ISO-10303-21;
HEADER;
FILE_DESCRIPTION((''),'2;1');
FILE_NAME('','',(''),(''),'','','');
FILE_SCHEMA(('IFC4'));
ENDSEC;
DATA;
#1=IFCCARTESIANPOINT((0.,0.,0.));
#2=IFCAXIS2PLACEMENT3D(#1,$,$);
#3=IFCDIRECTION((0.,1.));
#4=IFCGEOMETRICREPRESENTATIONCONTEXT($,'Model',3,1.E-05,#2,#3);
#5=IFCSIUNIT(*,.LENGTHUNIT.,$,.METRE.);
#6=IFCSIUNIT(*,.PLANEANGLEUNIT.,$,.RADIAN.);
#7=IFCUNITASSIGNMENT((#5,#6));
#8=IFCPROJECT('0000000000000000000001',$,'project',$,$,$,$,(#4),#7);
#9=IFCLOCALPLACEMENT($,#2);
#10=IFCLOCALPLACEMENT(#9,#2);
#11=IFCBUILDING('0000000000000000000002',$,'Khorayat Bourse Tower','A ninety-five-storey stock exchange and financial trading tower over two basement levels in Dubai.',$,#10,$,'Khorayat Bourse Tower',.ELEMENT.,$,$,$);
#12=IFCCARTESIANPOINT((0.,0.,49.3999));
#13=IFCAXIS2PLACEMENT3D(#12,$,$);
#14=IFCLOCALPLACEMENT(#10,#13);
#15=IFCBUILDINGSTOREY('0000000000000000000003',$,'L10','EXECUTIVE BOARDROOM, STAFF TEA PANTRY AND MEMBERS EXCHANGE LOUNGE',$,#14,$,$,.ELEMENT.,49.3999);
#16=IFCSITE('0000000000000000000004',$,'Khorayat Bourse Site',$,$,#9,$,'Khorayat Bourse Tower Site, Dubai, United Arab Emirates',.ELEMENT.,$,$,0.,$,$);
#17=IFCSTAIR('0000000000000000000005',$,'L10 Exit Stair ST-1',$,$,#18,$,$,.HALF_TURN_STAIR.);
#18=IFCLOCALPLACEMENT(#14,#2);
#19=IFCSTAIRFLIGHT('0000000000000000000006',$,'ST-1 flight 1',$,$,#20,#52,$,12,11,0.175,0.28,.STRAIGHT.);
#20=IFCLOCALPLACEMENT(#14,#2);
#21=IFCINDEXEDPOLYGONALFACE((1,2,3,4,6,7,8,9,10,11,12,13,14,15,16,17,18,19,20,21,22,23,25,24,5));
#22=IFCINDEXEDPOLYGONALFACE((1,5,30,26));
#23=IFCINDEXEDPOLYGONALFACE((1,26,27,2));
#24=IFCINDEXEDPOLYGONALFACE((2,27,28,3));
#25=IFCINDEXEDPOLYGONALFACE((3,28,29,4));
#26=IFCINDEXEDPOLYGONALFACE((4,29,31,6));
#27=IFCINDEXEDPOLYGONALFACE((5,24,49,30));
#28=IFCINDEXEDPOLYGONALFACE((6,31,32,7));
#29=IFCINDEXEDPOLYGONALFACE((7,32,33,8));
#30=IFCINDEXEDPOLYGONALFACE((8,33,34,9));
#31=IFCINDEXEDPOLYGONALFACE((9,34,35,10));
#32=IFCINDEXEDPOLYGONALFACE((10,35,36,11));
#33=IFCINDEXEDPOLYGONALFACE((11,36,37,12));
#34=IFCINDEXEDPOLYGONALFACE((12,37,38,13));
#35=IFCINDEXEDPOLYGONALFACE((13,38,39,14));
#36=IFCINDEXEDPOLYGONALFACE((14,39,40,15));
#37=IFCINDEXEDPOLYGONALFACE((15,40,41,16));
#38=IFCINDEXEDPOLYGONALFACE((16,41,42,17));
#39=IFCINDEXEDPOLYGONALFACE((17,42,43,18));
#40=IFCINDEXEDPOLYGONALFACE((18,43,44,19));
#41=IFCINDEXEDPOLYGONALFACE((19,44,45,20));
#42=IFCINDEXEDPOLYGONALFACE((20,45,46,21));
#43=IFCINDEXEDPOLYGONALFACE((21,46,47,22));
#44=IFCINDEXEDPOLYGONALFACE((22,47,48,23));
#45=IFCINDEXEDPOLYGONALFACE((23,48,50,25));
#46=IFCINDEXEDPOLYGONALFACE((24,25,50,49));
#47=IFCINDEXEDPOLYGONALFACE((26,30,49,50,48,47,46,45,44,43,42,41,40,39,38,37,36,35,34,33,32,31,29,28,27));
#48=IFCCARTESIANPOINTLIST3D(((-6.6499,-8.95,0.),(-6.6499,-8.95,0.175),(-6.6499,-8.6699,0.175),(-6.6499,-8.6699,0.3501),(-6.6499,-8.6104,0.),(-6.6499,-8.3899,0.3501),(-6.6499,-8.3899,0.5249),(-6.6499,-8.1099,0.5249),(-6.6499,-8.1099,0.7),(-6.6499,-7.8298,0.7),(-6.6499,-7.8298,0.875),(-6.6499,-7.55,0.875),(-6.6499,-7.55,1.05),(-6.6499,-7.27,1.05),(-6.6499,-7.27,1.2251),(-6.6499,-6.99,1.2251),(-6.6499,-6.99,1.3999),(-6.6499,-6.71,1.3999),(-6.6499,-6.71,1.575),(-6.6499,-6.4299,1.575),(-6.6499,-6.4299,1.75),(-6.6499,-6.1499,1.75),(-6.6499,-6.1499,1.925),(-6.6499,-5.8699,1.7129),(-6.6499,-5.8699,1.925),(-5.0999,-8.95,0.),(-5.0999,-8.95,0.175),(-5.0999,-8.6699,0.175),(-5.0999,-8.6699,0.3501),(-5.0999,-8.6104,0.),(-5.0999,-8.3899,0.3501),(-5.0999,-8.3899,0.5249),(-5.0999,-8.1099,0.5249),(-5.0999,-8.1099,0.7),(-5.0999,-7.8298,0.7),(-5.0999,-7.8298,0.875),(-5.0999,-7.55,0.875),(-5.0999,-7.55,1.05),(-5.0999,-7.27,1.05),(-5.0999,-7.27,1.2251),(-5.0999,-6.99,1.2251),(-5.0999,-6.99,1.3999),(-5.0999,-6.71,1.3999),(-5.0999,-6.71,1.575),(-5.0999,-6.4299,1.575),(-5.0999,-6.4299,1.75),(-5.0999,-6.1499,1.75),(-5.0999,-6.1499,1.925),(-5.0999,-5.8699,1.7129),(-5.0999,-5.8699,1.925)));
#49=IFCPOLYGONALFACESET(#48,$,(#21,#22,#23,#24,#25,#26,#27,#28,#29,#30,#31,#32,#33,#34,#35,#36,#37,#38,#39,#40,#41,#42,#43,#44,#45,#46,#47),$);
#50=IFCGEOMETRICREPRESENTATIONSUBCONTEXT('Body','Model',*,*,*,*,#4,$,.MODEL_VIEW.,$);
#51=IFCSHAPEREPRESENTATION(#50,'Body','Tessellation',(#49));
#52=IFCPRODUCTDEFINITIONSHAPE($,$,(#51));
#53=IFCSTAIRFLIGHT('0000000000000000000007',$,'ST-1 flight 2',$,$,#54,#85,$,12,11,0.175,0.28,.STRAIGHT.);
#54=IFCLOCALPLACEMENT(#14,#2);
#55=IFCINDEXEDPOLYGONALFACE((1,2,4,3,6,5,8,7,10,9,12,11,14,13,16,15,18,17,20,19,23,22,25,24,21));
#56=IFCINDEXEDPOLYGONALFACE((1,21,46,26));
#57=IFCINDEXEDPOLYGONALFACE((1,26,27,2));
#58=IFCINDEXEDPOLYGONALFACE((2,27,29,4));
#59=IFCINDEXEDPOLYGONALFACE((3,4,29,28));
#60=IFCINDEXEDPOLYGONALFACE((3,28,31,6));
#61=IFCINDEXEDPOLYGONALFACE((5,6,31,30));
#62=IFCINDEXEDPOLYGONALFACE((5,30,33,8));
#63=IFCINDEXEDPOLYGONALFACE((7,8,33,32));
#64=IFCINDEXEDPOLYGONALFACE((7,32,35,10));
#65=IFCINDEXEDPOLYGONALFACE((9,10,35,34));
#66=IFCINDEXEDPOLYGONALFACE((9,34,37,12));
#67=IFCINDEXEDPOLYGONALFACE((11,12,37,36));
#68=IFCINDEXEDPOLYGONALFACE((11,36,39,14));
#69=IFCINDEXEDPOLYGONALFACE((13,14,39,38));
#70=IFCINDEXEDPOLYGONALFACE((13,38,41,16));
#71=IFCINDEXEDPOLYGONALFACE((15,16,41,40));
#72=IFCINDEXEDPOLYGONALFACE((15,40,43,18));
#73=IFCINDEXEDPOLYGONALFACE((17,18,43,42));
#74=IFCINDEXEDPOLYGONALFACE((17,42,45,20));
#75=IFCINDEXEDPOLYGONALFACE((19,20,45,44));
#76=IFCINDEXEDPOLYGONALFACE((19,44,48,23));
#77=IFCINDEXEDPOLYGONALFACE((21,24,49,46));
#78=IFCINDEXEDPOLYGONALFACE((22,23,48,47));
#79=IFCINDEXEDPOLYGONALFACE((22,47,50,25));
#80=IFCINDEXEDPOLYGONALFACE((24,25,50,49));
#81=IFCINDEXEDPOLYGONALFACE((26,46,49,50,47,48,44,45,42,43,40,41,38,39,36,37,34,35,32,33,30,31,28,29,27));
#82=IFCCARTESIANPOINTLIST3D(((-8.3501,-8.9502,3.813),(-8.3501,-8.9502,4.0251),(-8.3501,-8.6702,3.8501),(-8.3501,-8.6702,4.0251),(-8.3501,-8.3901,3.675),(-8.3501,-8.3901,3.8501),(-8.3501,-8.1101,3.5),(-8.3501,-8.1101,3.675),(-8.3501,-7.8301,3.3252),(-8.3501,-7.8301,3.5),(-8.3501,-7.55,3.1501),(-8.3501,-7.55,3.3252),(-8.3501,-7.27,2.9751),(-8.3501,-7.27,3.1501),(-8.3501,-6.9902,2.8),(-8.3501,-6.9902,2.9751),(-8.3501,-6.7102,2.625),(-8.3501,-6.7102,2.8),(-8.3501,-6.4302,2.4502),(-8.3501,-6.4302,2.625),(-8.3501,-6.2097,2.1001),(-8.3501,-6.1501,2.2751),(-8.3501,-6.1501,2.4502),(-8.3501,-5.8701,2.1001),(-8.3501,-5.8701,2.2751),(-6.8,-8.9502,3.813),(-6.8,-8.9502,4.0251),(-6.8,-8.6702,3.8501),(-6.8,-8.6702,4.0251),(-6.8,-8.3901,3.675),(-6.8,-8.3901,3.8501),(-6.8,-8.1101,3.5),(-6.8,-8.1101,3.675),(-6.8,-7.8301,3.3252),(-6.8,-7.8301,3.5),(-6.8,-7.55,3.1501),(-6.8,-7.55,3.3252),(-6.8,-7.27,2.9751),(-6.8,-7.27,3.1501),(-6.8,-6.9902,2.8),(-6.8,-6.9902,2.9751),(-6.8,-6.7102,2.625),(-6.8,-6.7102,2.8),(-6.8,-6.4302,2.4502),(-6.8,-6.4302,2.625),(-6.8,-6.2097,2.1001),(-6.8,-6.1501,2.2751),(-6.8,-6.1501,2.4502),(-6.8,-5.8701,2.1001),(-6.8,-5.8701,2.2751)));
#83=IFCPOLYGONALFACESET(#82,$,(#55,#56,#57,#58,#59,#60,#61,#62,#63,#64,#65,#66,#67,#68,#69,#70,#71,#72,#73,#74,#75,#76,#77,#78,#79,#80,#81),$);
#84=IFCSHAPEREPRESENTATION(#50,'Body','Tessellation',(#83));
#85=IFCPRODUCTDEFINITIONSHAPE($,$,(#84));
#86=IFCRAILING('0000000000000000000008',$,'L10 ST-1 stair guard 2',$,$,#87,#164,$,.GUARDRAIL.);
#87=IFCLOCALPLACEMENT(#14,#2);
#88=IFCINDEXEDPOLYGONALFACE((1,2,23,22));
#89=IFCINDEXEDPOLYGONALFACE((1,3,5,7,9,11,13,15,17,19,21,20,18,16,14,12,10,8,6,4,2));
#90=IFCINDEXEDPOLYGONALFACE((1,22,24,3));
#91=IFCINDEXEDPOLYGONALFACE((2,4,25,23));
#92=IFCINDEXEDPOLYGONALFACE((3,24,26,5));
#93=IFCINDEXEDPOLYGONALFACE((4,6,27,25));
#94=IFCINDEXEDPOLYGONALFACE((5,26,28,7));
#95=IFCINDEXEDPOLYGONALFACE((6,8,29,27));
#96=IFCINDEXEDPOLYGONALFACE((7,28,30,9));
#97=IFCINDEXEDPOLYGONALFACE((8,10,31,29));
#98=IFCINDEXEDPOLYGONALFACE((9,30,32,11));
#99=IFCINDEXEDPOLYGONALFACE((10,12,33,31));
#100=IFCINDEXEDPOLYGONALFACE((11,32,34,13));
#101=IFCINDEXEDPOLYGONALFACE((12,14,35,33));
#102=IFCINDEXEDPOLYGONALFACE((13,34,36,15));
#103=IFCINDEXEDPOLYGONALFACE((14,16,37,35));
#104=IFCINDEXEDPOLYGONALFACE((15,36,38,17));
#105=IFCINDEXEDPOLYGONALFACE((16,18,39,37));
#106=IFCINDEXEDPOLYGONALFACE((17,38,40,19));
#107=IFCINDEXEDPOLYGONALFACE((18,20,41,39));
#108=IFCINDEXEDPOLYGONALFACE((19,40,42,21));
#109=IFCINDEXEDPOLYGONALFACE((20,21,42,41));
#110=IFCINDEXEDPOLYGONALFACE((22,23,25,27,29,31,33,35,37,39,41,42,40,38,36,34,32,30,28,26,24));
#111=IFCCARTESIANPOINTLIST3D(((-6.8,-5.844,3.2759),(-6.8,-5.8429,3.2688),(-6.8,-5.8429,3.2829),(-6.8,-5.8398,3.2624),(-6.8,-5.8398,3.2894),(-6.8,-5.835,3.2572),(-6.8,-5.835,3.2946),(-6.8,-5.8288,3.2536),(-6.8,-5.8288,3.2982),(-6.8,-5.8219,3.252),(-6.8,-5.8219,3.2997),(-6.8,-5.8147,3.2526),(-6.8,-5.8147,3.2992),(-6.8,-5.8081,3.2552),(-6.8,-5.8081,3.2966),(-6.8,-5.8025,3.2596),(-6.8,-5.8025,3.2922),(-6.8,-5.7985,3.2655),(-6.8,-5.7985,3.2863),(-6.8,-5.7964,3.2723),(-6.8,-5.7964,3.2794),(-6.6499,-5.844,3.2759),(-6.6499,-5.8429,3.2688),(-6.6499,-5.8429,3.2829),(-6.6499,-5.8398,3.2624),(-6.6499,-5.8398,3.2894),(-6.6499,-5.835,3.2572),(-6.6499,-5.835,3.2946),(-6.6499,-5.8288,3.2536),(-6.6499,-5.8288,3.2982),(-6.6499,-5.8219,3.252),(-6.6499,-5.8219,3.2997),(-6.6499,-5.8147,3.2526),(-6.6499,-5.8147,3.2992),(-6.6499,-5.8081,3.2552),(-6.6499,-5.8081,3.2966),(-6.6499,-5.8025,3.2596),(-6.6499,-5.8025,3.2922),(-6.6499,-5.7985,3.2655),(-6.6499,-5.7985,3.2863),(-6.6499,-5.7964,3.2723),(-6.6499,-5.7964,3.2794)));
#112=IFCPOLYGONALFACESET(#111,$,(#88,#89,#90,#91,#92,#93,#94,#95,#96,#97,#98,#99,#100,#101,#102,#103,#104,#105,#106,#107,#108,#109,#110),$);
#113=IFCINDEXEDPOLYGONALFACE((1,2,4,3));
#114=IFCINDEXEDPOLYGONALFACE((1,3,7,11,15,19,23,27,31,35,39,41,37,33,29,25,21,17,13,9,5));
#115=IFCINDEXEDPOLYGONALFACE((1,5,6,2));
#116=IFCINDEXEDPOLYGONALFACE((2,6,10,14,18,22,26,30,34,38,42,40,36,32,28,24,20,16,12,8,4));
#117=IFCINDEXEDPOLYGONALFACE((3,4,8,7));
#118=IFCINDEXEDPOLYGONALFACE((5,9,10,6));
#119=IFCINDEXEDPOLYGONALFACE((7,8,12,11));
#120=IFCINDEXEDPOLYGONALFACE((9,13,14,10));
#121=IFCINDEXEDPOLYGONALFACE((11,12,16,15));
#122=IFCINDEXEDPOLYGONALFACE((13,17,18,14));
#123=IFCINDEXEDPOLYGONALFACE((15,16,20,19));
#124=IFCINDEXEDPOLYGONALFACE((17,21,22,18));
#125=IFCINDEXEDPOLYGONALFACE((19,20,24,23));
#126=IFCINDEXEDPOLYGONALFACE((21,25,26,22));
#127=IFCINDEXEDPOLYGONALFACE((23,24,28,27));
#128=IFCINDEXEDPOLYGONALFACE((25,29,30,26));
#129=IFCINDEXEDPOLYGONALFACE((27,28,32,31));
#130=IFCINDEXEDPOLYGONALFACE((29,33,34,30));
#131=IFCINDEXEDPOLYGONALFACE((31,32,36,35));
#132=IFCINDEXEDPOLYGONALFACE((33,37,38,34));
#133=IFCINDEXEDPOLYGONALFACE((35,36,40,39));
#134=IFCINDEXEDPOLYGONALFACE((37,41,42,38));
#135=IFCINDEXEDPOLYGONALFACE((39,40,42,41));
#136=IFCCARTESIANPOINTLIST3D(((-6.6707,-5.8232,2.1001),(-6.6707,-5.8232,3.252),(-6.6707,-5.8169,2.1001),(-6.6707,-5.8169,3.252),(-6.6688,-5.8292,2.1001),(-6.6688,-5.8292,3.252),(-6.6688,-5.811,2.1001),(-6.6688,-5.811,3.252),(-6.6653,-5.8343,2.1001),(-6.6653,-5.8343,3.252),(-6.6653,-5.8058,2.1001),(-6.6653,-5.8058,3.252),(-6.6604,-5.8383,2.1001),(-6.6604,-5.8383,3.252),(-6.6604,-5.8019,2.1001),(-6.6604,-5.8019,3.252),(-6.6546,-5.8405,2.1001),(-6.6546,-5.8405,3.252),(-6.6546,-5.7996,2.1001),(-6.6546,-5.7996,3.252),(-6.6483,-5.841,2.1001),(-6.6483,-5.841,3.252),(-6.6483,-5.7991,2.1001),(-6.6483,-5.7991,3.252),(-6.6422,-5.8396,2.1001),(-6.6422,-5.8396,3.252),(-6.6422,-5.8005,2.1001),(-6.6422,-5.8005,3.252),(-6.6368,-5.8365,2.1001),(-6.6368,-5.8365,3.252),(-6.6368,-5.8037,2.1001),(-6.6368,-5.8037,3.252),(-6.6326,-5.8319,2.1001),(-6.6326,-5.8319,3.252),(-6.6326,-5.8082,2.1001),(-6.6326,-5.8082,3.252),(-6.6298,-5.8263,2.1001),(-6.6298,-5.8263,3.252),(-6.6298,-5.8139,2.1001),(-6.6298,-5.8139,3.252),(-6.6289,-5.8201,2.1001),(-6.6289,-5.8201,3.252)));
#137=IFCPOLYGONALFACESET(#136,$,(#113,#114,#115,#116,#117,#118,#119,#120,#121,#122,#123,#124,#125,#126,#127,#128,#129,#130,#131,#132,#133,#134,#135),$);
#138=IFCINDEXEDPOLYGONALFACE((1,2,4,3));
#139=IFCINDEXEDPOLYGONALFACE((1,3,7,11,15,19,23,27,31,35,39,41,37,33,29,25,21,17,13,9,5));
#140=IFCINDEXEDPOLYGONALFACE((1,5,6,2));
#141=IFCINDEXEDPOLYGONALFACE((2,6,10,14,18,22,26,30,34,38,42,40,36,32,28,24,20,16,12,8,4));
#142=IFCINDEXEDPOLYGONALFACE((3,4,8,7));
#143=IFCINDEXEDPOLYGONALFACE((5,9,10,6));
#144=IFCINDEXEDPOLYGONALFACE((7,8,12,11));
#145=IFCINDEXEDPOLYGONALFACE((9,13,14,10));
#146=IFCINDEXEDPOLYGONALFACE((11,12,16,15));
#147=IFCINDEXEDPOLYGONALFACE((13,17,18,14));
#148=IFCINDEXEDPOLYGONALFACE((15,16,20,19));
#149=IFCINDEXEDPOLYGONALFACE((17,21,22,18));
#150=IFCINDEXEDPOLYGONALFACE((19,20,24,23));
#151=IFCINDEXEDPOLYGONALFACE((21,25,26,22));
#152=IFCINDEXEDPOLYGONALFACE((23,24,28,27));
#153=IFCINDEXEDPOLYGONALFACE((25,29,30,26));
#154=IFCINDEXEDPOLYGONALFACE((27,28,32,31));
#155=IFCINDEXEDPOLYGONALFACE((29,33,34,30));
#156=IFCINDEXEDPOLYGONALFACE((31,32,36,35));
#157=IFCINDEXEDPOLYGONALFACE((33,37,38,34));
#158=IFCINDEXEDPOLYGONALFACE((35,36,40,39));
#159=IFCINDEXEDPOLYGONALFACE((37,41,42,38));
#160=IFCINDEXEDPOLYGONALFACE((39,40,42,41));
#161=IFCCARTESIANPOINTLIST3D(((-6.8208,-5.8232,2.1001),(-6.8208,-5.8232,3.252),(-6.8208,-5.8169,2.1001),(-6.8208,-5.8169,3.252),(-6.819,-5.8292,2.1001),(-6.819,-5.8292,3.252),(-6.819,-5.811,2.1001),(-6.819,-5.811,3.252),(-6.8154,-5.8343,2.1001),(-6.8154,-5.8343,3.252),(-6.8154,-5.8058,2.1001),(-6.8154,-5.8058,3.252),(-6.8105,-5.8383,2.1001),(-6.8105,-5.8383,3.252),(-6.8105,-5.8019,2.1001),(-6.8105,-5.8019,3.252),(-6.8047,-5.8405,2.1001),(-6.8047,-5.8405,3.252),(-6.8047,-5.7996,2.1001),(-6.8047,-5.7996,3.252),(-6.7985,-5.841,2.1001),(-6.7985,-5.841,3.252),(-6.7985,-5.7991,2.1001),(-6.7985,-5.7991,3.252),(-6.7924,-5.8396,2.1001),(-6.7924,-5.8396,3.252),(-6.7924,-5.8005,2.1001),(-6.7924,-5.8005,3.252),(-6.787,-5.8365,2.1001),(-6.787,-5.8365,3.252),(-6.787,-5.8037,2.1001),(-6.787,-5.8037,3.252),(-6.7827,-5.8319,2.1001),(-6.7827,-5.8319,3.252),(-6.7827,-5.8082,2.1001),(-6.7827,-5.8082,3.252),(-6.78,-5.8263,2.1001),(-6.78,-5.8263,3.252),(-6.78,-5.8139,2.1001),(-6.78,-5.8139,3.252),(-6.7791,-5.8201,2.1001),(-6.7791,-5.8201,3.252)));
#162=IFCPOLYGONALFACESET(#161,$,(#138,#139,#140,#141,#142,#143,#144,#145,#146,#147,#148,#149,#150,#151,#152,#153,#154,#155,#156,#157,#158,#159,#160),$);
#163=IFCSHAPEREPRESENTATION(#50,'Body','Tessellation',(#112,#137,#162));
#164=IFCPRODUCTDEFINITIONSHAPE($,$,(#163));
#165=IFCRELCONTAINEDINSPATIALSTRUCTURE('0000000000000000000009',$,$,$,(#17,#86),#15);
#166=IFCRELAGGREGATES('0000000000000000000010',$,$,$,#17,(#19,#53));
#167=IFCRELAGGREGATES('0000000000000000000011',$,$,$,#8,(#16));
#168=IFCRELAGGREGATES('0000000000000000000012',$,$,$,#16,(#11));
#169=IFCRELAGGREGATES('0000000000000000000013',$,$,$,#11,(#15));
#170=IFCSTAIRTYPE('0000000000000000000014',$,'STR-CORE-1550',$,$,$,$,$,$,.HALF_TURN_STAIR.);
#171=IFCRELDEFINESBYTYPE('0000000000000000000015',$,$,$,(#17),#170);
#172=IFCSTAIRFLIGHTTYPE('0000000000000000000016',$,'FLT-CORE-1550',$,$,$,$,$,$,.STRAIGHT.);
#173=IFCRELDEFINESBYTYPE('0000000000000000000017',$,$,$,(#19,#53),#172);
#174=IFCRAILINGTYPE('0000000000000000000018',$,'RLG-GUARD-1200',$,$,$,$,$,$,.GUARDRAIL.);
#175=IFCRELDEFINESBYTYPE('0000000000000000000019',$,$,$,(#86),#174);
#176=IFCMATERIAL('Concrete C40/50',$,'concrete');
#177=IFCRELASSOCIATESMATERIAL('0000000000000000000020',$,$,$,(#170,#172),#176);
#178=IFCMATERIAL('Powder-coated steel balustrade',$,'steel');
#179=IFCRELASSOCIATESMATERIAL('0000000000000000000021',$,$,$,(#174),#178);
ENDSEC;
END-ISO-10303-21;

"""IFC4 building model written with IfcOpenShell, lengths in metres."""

from ifc_helpers import new_model, si_unit, direction, frame, origin, origin_2d, place, context, subcontext, project, spatial, polyline, circle, outline, extrude, source, transform, mapped, material, type_object, element, aggregate, save


model = new_model("IFC4")

# Units and contexts
model_context = context("Model", 3, precision=1e-05, world=origin(), true_north=direction((0.0, 1.0)))
body_context = subcontext(model_context, "Body", "Model", "MODEL_VIEW")
ifc_project = project(units=[si_unit("LENGTHUNIT", "METRE"), si_unit("PLANEANGLEUNIT", "RADIAN")], contexts=[model_context])

# Site, building, storey
site_placement = place(None, origin())
site = spatial("IfcSite", under=ifc_project, at=site_placement, Name="Khorayat Bourse Site", LongName="Khorayat Bourse Tower Site, Dubai, United Arab Emirates", CompositionType="ELEMENT", RefElevation=0.0)
building_placement = place(site_placement, origin())
building = spatial("IfcBuilding", under=site, at=building_placement, Name="Khorayat Bourse Tower", Description="A ninety-five-storey stock exchange and financial trading tower over two basement levels in Dubai.", LongName="Khorayat Bourse Tower", CompositionType="ELEMENT")
storey_placement = place(building_placement, frame((0.0, 0.0, 49.3999)))
storey = spatial("IfcBuildingStorey", under=building, at=storey_placement, Name="L10", Description="EXECUTIVE BOARDROOM, STAFF TEA PANTRY AND MEMBERS EXCHANGE LOUNGE", CompositionType="ELEMENT", Elevation=49.3999)

# Stair, stair flights
ifc_material_1 = material(Name="Concrete C40/50", Category="concrete")
stair_type = type_object("IfcStairType", Name="STR-CORE-1550", PredefinedType="HALF_TURN_STAIR", material=ifc_material_1)
stair_placement = place(storey_placement, origin())
stair = element("IfcStair", 1, at=stair_placement, inside=storey, type_object=stair_type, Name="L10 Exit Stair ST-1", PredefinedType="HALF_TURN_STAIR")
stair_flight_type = type_object("IfcStairFlightType", Name="FLT-CORE-1550", PredefinedType="STRAIGHT", material=ifc_material_1)
shared_shape_1 = source(origin(), body_context, "Body", "SweptSolid", [
    extrude(outline(polyline([(0.0, 0.0), (0.0, 0.175), (0.28, 0.175), (0.28, 0.3501), (0.5601, 0.3501), (0.5601, 0.5249), (0.8401, 0.5249), (0.8401, 0.7), (1.1201, 0.7), (1.1201, 0.875), (1.3999, 0.875), (1.3999, 1.05), (1.6799, 1.05), (1.6799, 1.2251), (1.96, 1.2251), (1.96, 1.3999), (2.24, 1.3999), (2.24, 1.575), (2.52, 1.575), (2.52, 1.75), (2.8, 1.75), (2.8, 1.925), (3.0801, 1.925), (3.0801, 2.1001), (3.0801, 1.7129), (0.3396, 0.0), (0.0, 0.0)])), frame((0.0, 0.7749, 0.0), z_axis=(0.0, -1.0, 0.0), x_axis=(1.0, 0.0, 0.0)), (0.0, 0.0, 1.0), 1.55),
])
stair_flight_1_placement = place(storey_placement, frame((-5.875, -8.95, 0.0), z_axis=(0.0, 0.0, 1.0), x_axis=(0.0, 1.0, 0.0)))
stair_flight_1 = element("IfcStairFlight", 2, at=stair_flight_1_placement, type_object=stair_flight_type, Name="ST-1 flight 1", NumberOfRisers=12, NumberOfTreads=11, PredefinedType="STRAIGHT", RiserHeight=0.175, TreadLength=0.28, context=body_context, shape_type="MappedRepresentation", body=[
    mapped(shared_shape_1, transform((0.0, 0.0, 0.0), scale=1.0)),
])
stair_flight_2_placement = place(storey_placement, frame((-7.575, -5.8701, 2.1001), z_axis=(0.0, 0.0, 1.0), x_axis=(0.0, -1.0, 0.0)))
stair_flight_2 = element("IfcStairFlight", 3, at=stair_flight_2_placement, type_object=stair_flight_type, Name="ST-1 flight 2", NumberOfRisers=12, NumberOfTreads=11, PredefinedType="STRAIGHT", RiserHeight=0.175, TreadLength=0.28, context=body_context, shape_type="MappedRepresentation", body=[
    mapped(shared_shape_1, transform((0.0, 0.0, 0.0), scale=1.0)),
])
aggregate(stair, [stair_flight_1, stair_flight_2])

# Railing
ifc_material_2 = material(Name="Powder-coated steel balustrade", Category="steel")
railing_type_1 = type_object("IfcRailingType", Name="RLG-GUARD-1200", PredefinedType="GUARDRAIL", material=ifc_material_2)
shared_shape_2 = source(origin(), body_context, "Body", "SweptSolid", [
    extrude(circle(Radius=0.0239, at=origin_2d()), frame((0.0, 0.0, 1.1758), z_axis=(-1.0, 0.0, 0.0), x_axis=(0.0, -1.0, 0.0)), (0.0, 0.0, 1.0), 0.1501),
    extrude(circle(Radius=0.021, at=origin_2d()), origin(), (0.0, 0.0, 1.0), 1.1519),
    extrude(circle(Radius=0.021, at=origin_2d()), frame((-0.1501, 0.0, 0.0)), (0.0, 0.0, 1.0), 1.1519),
])
for number, where, name in (
    (4, (-6.6499, -5.8201, 2.1001), "L10 ST-1 stair guard 2"),
):
    element("IfcRailing", number, at=place(storey_placement, frame(where)), inside=storey, type_object=railing_type_1, Name=name, PredefinedType="GUARDRAIL", context=body_context, shape_type="MappedRepresentation", body=[
        mapped(shared_shape_2, transform((0.0, 0.0, 0.0), scale=1.0)),
    ])

save(model, "model.ifc")
